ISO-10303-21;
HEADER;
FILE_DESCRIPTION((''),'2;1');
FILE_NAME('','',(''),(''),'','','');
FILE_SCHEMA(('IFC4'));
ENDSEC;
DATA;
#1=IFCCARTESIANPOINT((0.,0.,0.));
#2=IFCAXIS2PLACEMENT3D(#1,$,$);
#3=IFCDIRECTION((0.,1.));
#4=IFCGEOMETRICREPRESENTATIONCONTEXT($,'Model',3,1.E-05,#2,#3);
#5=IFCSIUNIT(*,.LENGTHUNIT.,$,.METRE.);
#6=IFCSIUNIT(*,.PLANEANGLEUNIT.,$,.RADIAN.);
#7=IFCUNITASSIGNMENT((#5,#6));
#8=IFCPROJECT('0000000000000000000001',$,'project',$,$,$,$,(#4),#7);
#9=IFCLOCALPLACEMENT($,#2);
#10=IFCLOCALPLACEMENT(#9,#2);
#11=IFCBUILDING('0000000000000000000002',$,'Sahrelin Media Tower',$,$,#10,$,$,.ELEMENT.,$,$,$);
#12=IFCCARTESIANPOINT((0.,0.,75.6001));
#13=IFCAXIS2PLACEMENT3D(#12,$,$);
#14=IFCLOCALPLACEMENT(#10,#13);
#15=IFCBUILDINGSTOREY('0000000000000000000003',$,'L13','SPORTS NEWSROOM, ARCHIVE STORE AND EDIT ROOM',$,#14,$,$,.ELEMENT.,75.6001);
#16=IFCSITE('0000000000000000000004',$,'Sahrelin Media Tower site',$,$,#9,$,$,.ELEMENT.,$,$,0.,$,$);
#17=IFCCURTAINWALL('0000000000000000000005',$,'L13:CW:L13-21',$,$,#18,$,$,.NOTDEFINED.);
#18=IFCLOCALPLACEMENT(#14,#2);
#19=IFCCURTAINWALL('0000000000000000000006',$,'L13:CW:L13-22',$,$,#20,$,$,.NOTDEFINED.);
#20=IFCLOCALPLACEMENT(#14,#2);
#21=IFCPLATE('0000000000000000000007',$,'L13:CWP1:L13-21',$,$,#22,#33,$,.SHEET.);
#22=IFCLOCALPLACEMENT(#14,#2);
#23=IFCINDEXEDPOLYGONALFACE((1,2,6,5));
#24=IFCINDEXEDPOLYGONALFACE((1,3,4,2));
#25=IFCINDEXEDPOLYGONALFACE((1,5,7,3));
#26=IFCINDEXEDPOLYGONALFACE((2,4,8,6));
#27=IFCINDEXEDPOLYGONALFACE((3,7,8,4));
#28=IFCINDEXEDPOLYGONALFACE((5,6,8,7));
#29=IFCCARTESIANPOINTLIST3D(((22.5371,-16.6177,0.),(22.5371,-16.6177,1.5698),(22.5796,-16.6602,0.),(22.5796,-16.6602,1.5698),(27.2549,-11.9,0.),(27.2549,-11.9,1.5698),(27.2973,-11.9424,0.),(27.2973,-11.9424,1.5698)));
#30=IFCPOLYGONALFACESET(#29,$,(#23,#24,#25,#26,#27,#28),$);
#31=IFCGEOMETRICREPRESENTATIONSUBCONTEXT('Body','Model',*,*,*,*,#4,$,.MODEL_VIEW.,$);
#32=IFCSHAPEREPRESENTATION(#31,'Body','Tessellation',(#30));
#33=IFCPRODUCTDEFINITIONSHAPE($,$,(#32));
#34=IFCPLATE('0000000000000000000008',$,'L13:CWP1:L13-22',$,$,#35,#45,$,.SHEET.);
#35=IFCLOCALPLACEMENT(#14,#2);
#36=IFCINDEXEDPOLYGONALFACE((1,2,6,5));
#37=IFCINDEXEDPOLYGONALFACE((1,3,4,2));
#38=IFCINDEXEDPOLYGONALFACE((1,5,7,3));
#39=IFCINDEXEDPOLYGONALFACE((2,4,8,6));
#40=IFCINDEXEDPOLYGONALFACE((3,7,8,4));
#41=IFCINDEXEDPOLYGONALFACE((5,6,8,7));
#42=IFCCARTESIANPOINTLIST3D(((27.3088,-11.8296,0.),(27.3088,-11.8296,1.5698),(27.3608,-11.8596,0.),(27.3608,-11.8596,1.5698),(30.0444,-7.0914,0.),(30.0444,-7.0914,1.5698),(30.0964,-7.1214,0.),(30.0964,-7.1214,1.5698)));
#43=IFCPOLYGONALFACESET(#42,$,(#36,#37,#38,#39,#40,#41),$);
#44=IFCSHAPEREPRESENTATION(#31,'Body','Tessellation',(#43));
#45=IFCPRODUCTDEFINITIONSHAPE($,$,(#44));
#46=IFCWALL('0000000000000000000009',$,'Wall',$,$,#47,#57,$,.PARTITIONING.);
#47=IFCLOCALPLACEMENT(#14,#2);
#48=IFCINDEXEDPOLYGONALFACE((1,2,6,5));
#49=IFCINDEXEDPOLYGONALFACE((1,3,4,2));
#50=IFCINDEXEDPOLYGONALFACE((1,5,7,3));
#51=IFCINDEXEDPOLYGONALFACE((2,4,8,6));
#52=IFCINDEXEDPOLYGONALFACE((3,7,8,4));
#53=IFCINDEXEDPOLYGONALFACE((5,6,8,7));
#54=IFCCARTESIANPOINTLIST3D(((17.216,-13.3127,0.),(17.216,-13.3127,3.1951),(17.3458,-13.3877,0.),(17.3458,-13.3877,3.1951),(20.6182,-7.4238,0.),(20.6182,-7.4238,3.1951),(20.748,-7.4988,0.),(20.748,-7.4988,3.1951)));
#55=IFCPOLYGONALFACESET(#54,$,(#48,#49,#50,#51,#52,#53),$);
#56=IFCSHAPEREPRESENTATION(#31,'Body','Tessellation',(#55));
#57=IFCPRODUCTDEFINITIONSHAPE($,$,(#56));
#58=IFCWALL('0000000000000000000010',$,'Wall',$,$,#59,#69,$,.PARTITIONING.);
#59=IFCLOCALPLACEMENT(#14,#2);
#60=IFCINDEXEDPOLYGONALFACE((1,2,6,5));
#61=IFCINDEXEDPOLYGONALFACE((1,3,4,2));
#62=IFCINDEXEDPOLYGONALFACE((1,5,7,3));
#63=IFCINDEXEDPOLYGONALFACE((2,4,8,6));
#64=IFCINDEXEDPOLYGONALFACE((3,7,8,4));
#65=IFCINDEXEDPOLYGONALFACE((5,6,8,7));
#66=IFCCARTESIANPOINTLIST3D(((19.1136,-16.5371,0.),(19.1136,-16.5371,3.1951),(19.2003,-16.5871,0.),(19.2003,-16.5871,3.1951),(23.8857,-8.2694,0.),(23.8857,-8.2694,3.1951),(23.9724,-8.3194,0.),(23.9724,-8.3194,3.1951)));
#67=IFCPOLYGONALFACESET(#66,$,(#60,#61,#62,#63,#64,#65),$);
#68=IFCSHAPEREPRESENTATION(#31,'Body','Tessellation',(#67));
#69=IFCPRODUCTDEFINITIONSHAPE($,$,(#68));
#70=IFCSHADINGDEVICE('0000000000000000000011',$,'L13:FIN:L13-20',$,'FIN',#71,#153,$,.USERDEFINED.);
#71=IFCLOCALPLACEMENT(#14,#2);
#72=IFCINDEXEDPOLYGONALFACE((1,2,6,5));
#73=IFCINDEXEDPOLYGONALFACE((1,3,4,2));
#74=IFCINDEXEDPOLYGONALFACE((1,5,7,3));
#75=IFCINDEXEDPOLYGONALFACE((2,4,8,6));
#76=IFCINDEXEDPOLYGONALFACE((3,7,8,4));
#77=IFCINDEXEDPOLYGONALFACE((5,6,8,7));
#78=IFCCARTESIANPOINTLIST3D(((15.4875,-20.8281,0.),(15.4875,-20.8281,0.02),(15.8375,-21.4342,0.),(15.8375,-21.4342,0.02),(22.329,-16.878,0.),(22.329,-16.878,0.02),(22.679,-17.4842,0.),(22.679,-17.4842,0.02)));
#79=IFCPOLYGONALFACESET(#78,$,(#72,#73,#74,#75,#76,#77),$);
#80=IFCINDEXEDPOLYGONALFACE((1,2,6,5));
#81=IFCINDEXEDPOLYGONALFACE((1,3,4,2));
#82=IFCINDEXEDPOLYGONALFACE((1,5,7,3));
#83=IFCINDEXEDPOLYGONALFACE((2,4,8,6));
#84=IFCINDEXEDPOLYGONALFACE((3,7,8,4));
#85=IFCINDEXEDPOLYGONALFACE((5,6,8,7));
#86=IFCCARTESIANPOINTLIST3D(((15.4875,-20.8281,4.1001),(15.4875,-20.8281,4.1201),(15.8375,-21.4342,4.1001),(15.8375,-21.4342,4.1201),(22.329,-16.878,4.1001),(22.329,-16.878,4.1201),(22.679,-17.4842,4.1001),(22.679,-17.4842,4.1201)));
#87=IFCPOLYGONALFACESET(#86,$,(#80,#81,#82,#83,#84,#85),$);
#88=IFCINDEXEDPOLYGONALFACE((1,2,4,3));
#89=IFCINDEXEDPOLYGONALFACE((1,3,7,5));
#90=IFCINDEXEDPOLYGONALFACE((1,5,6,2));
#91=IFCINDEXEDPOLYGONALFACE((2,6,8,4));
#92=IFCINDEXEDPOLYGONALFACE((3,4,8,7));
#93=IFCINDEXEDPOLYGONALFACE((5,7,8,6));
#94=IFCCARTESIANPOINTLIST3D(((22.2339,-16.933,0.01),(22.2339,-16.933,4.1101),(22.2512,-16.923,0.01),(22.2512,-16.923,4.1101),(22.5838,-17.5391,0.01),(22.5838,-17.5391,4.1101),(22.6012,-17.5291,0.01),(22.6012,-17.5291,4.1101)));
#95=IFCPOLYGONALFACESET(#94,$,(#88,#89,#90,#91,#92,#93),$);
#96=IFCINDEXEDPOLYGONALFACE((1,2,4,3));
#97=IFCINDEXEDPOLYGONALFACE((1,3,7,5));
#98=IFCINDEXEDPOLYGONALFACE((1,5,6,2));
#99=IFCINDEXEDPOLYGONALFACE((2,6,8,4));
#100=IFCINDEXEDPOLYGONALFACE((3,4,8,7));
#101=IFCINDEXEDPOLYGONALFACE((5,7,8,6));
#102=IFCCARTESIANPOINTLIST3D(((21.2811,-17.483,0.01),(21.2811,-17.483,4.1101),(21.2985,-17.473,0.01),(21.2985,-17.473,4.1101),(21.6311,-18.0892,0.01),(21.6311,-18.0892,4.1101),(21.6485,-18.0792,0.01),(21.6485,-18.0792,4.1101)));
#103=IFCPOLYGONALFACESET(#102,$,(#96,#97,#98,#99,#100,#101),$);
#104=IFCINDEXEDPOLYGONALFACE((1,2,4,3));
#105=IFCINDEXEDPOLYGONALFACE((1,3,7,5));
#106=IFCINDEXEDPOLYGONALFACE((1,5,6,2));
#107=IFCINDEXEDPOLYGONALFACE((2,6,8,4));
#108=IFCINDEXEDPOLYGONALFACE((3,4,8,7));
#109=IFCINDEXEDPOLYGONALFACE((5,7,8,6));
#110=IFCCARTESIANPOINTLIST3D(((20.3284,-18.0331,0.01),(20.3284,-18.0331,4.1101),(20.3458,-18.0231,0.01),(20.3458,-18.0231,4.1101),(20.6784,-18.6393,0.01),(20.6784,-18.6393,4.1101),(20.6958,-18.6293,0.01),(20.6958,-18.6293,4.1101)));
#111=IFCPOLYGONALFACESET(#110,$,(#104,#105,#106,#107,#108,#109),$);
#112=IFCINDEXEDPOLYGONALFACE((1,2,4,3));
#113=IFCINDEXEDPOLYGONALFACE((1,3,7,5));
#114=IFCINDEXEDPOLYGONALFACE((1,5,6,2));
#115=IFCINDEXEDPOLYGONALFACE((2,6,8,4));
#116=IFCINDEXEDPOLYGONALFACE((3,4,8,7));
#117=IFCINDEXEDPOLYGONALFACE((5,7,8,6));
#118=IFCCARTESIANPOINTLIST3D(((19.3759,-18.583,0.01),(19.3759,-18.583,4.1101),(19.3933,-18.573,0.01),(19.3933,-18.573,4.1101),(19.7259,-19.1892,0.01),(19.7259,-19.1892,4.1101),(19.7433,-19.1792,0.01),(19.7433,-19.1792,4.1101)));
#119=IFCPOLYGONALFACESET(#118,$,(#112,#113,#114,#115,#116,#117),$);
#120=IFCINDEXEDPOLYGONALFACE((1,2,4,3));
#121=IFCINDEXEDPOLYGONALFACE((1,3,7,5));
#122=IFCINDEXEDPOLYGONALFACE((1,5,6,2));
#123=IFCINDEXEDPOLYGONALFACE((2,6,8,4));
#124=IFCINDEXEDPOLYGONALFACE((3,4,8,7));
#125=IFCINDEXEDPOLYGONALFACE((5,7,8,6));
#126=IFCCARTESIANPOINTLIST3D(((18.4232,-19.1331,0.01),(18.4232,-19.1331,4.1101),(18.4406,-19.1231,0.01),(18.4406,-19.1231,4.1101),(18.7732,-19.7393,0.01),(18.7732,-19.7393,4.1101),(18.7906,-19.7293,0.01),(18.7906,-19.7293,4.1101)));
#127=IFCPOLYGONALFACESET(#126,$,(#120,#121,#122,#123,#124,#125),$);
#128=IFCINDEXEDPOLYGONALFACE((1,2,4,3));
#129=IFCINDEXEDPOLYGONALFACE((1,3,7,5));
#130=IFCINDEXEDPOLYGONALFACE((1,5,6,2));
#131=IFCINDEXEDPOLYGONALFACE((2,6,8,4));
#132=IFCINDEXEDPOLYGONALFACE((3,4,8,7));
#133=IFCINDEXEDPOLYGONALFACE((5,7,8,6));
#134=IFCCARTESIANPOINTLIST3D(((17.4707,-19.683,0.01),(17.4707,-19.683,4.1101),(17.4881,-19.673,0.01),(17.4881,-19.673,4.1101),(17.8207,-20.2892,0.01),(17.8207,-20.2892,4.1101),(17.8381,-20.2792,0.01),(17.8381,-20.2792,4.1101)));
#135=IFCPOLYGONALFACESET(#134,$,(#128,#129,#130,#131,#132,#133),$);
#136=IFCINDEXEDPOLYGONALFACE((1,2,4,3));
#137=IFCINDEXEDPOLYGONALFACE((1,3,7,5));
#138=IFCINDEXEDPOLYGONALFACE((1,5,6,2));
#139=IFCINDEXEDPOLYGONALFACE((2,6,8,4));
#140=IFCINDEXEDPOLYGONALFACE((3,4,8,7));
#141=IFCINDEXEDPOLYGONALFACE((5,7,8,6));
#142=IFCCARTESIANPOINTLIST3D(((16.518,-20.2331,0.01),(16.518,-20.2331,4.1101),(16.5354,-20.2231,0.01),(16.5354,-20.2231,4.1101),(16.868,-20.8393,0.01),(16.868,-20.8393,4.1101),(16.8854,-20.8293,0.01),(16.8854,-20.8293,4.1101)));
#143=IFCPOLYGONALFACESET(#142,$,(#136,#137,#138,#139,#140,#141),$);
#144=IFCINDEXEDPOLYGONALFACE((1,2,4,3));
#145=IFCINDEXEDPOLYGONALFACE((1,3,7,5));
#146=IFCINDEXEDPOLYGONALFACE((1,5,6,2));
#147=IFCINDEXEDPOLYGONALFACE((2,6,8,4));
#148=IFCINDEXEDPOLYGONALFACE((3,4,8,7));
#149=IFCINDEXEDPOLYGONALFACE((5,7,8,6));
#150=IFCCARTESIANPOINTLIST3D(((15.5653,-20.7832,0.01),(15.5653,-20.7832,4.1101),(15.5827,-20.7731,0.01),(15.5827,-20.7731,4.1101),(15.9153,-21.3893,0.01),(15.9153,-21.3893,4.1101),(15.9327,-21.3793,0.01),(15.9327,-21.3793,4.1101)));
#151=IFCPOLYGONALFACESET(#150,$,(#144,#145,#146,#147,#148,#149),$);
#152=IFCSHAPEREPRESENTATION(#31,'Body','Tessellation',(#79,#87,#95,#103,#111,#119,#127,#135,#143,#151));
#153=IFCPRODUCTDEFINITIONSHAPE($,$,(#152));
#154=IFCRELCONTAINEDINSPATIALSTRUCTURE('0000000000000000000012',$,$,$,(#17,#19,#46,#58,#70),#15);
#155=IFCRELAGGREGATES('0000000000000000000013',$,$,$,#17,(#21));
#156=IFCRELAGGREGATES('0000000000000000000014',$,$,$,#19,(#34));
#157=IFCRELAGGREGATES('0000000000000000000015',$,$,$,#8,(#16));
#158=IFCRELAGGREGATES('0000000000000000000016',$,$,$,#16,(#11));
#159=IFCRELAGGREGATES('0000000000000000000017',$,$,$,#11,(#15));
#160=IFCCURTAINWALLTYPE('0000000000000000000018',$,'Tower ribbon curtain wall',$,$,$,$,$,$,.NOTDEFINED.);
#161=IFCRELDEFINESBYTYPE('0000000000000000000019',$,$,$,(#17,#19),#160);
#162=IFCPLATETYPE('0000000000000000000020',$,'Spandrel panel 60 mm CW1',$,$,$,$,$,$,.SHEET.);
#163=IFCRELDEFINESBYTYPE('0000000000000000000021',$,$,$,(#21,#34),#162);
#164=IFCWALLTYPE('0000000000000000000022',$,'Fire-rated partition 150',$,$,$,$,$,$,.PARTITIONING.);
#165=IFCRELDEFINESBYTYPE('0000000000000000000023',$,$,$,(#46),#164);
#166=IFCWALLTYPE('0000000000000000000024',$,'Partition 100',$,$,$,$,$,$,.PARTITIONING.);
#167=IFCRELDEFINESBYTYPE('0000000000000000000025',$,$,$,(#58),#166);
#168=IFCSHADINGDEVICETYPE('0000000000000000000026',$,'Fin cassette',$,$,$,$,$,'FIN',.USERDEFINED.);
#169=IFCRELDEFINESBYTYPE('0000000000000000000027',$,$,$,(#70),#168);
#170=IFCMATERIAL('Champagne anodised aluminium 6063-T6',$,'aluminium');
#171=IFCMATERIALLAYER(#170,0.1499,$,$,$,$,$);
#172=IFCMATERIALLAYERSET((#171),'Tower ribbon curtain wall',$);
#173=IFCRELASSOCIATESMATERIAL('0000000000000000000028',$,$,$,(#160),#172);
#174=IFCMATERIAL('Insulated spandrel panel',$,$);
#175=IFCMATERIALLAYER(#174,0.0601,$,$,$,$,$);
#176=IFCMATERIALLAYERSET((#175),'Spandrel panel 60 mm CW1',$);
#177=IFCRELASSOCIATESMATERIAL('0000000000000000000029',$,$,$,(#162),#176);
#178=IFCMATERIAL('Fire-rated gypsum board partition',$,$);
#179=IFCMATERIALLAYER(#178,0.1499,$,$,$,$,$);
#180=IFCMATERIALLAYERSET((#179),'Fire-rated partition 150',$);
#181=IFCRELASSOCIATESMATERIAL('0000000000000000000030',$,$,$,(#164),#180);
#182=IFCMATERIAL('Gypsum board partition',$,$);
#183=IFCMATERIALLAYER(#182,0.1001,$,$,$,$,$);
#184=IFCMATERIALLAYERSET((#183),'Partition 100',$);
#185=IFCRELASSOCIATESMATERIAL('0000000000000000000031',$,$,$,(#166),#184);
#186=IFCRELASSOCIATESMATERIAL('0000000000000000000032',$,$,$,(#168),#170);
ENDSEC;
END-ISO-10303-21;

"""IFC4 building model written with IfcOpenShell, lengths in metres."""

from ifc_helpers import new_model, si_unit, direction, frame, frame_2d, origin, origin_2d, place, context, subcontext, project, spatial, polyline, rectangle, outline, extrude, material, layer, layer_set, type_object, element, aggregate, save


model = new_model("IFC4")

# Units and contexts
model_context = context("Model", 3, precision=1e-05, world=origin(), true_north=direction((0.0, 1.0)))
body_context = subcontext(model_context, "Body", "Model", "MODEL_VIEW")
ifc_project = project(units=[si_unit("LENGTHUNIT", "METRE"), si_unit("PLANEANGLEUNIT", "RADIAN")], contexts=[model_context])

# Site, building, storey
site_placement = place(None, origin())
site = spatial("IfcSite", under=ifc_project, at=site_placement, Name="Sahrelin Media Tower site", CompositionType="ELEMENT", RefElevation=0.0)
building_placement = place(site_placement, origin())
building = spatial("IfcBuilding", under=site, at=building_placement, Name="Sahrelin Media Tower", CompositionType="ELEMENT")
storey_placement = place(building_placement, frame((0.0, 0.0, 75.6001)))
storey = spatial("IfcBuildingStorey", under=building, at=storey_placement, Name="L13", Description="SPORTS NEWSROOM, ARCHIVE STORE AND EDIT ROOM", CompositionType="ELEMENT", Elevation=75.6001)

# Curtain wall
ifc_material_1 = material(Name="Champagne anodised aluminium 6063-T6", Category="aluminium")
ifc_layer_1 = layer(ifc_material_1, 0.1499)
ifc_layer_set_1 = layer_set([ifc_layer_1], Name="Tower ribbon curtain wall")
curtain_wall_type = type_object("IfcCurtainWallType", Name="Tower ribbon curtain wall", PredefinedType="NOTDEFINED", material=ifc_layer_set_1)
curtain_wall_1_placement = place(storey_placement, frame((24.9243, -14.2871, 0.0), z_axis=(0.0, 0.0, 1.0), x_axis=(1.0, 0.0, 0.0)))
curtain_wall_1 = element("IfcCurtainWall", 1, at=curtain_wall_1_placement, inside=storey, type_object=curtain_wall_type, Name="L13:CW:L13-21", PredefinedType="NOTDEFINED")

# Curtain wall
curtain_wall_2_placement = place(storey_placement, frame((28.7112, -9.4805, 0.0), z_axis=(0.0, 0.0, 1.0), x_axis=(1.0, 0.0, 0.0)))
curtain_wall_2 = element("IfcCurtainWall", 2, at=curtain_wall_2_placement, inside=storey, type_object=curtain_wall_type, Name="L13:CW:L13-22", PredefinedType="NOTDEFINED")

# Plates
ifc_material_2 = material(Name="Insulated spandrel panel")
ifc_layer_2 = layer(ifc_material_2, 0.0601)
ifc_layer_set_2 = layer_set([ifc_layer_2], Name="Spandrel panel 60 mm CW1")
plate_type_1 = type_object("IfcPlateType", Name="Spandrel panel 60 mm CW1", PredefinedType="SHEET", material=ifc_layer_set_2)
plate_1_placement = place(storey_placement, frame((22.5796, -16.6602, 0.0), z_axis=(0.707107, -0.707107, 0.0), x_axis=(0.707107, 0.707107, 0.0)))
plate_1 = element("IfcPlate", 3, at=plate_1_placement, type_object=plate_type_1, Name="L13:CWP1:L13-21", PredefinedType="SHEET", context=body_context, shape_type="SweptSolid", body=[
    extrude(outline(polyline([(0.0, 0.0), (6.6719, 0.0), (6.6719, 1.5698), (0.0, 1.5698), (0.0, 0.0)])), origin(), (0.0, 0.0, -1.0), 0.0601),
])
aggregate(curtain_wall_1, [plate_1])
plate_2_placement = place(storey_placement, frame((27.3608, -11.8596, 0.0), z_axis=(0.86603, -0.499993, 0.0), x_axis=(0.499993, 0.86603, 0.0)))
plate_2 = element("IfcPlate", 4, at=plate_2_placement, type_object=plate_type_1, Name="L13:CWP1:L13-22", PredefinedType="SHEET", context=body_context, shape_type="SweptSolid", body=[
    extrude(outline(polyline([(0.0, 0.0), (5.4712, 0.0), (5.4712, 1.5698), (0.0, 1.5698), (0.0, 0.0)])), origin(), (0.0, 0.0, -1.0), 0.0601),
])
aggregate(curtain_wall_2, [plate_2])

# Walls
ifc_material_3 = material(Name="Fire-rated gypsum board partition")
ifc_layer_3 = layer(ifc_material_3, 0.1499)
ifc_layer_set_3 = layer_set([ifc_layer_3], Name="Fire-rated partition 150")
wall_type_1 = type_object("IfcWallType", Name="Fire-rated partition 150", PredefinedType="PARTITIONING", material=ifc_layer_set_3)
wall_1_placement = place(storey_placement, frame((17.281, -13.3501, 0.0), z_axis=(0.0, 0.0, 1.0), x_axis=(0.500235, 0.86589, 0.0)))
element("IfcWall", 5, at=wall_1_placement, inside=storey, type_object=wall_type_1, Name="Wall", PredefinedType="PARTITIONING", context=body_context, shape_type="SweptSolid", body=[
    extrude(rectangle(XDim=6.801, YDim=0.1499, at=frame_2d((3.4004, 0.0))), origin(), (0.0, 0.0, 1.0), 3.1951),
])
ifc_material_4 = material(Name="Gypsum board partition")
ifc_layer_4 = layer(ifc_material_4, 0.1001)
ifc_layer_set_4 = layer_set([ifc_layer_4], Name="Partition 100")
wall_type_2 = type_object("IfcWallType", Name="Partition 100", PredefinedType="PARTITIONING", material=ifc_layer_set_4)
wall_2_placement = place(storey_placement, frame((19.157, -16.562, 0.0), z_axis=(0.0, 0.0, 1.0), x_axis=(0.499905, 0.86608, 0.0)))
element("IfcWall", 6, at=wall_2_placement, inside=storey, type_object=wall_type_2, Name="Wall", PredefinedType="PARTITIONING", context=body_context, shape_type="SweptSolid", body=[
    extrude(rectangle(XDim=9.5461, YDim=0.1001, at=frame_2d((4.7729, 0.0))), origin(), (0.0, 0.0, 1.0), 3.1951),
])

# Shading device
shading_device_type_1 = type_object("IfcShadingDeviceType", Name="Fin cassette", ElementType="FIN", PredefinedType="USERDEFINED", material=ifc_material_1)
placement_1 = place(storey_placement, frame((18.8733, -18.7925, 0.0), z_axis=(0.0, 0.0, 1.0), x_axis=(-0.866019, -0.500011, 0.0)))
element("IfcShadingDevice", 7, at=placement_1, inside=storey, type_object=shading_device_type_1, Name="L13:FIN:L13-20", ObjectType="FIN", PredefinedType="USERDEFINED", context=body_context, shape_type="SweptSolid", body=[
    extrude(rectangle(XDim=7.8999, YDim=0.7, at=origin_2d()), frame((0.0, 0.4199, 0.0)), (0.0, 0.0, 1.0), 0.02),
    extrude(rectangle(XDim=7.8999, YDim=0.7, at=origin_2d()), frame((0.0, 0.4199, 4.1001)), (0.0, 0.0, 1.0), 0.02),
    extrude(rectangle(XDim=0.02, YDim=0.7, at=origin_2d()), frame((-3.8501, 0.4199, 0.01), z_axis=(0.0, 0.0, 1.0), x_axis=(1.0, 0.0, 0.0)), (0.0, 0.0, 1.0), 4.1001),
    extrude(rectangle(XDim=0.02, YDim=0.7, at=origin_2d()), frame((-2.75, 0.4199, 0.01), z_axis=(0.0, 0.0, 1.0), x_axis=(1.0, 0.0, 0.0)), (0.0, 0.0, 1.0), 4.1001),
    extrude(rectangle(XDim=0.02, YDim=0.7, at=origin_2d()), frame((-1.6499, 0.4199, 0.01), z_axis=(0.0, 0.0, 1.0), x_axis=(1.0, 0.0, 0.0)), (0.0, 0.0, 1.0), 4.1001),
    extrude(rectangle(XDim=0.02, YDim=0.7, at=origin_2d()), frame((-0.55, 0.4199, 0.01), z_axis=(0.0, 0.0, 1.0), x_axis=(1.0, 0.0, 0.0)), (0.0, 0.0, 1.0), 4.1001),
    extrude(rectangle(XDim=0.02, YDim=0.7, at=origin_2d()), frame((0.55, 0.4199, 0.01), z_axis=(0.0, 0.0, 1.0), x_axis=(1.0, 0.0, 0.0)), (0.0, 0.0, 1.0), 4.1001),
    extrude(rectangle(XDim=0.02, YDim=0.7, at=origin_2d()), frame((1.6499, 0.4199, 0.01), z_axis=(0.0, 0.0, 1.0), x_axis=(1.0, 0.0, 0.0)), (0.0, 0.0, 1.0), 4.1001),
    extrude(rectangle(XDim=0.02, YDim=0.7, at=origin_2d()), frame((2.75, 0.4199, 0.01), z_axis=(0.0, 0.0, 1.0), x_axis=(1.0, 0.0, 0.0)), (0.0, 0.0, 1.0), 4.1001),
    extrude(rectangle(XDim=0.02, YDim=0.7, at=origin_2d()), frame((3.8501, 0.4199, 0.01), z_axis=(0.0, 0.0, 1.0), x_axis=(1.0, 0.0, 0.0)), (0.0, 0.0, 1.0), 4.1001),
])

save(model, "model.ifc")
